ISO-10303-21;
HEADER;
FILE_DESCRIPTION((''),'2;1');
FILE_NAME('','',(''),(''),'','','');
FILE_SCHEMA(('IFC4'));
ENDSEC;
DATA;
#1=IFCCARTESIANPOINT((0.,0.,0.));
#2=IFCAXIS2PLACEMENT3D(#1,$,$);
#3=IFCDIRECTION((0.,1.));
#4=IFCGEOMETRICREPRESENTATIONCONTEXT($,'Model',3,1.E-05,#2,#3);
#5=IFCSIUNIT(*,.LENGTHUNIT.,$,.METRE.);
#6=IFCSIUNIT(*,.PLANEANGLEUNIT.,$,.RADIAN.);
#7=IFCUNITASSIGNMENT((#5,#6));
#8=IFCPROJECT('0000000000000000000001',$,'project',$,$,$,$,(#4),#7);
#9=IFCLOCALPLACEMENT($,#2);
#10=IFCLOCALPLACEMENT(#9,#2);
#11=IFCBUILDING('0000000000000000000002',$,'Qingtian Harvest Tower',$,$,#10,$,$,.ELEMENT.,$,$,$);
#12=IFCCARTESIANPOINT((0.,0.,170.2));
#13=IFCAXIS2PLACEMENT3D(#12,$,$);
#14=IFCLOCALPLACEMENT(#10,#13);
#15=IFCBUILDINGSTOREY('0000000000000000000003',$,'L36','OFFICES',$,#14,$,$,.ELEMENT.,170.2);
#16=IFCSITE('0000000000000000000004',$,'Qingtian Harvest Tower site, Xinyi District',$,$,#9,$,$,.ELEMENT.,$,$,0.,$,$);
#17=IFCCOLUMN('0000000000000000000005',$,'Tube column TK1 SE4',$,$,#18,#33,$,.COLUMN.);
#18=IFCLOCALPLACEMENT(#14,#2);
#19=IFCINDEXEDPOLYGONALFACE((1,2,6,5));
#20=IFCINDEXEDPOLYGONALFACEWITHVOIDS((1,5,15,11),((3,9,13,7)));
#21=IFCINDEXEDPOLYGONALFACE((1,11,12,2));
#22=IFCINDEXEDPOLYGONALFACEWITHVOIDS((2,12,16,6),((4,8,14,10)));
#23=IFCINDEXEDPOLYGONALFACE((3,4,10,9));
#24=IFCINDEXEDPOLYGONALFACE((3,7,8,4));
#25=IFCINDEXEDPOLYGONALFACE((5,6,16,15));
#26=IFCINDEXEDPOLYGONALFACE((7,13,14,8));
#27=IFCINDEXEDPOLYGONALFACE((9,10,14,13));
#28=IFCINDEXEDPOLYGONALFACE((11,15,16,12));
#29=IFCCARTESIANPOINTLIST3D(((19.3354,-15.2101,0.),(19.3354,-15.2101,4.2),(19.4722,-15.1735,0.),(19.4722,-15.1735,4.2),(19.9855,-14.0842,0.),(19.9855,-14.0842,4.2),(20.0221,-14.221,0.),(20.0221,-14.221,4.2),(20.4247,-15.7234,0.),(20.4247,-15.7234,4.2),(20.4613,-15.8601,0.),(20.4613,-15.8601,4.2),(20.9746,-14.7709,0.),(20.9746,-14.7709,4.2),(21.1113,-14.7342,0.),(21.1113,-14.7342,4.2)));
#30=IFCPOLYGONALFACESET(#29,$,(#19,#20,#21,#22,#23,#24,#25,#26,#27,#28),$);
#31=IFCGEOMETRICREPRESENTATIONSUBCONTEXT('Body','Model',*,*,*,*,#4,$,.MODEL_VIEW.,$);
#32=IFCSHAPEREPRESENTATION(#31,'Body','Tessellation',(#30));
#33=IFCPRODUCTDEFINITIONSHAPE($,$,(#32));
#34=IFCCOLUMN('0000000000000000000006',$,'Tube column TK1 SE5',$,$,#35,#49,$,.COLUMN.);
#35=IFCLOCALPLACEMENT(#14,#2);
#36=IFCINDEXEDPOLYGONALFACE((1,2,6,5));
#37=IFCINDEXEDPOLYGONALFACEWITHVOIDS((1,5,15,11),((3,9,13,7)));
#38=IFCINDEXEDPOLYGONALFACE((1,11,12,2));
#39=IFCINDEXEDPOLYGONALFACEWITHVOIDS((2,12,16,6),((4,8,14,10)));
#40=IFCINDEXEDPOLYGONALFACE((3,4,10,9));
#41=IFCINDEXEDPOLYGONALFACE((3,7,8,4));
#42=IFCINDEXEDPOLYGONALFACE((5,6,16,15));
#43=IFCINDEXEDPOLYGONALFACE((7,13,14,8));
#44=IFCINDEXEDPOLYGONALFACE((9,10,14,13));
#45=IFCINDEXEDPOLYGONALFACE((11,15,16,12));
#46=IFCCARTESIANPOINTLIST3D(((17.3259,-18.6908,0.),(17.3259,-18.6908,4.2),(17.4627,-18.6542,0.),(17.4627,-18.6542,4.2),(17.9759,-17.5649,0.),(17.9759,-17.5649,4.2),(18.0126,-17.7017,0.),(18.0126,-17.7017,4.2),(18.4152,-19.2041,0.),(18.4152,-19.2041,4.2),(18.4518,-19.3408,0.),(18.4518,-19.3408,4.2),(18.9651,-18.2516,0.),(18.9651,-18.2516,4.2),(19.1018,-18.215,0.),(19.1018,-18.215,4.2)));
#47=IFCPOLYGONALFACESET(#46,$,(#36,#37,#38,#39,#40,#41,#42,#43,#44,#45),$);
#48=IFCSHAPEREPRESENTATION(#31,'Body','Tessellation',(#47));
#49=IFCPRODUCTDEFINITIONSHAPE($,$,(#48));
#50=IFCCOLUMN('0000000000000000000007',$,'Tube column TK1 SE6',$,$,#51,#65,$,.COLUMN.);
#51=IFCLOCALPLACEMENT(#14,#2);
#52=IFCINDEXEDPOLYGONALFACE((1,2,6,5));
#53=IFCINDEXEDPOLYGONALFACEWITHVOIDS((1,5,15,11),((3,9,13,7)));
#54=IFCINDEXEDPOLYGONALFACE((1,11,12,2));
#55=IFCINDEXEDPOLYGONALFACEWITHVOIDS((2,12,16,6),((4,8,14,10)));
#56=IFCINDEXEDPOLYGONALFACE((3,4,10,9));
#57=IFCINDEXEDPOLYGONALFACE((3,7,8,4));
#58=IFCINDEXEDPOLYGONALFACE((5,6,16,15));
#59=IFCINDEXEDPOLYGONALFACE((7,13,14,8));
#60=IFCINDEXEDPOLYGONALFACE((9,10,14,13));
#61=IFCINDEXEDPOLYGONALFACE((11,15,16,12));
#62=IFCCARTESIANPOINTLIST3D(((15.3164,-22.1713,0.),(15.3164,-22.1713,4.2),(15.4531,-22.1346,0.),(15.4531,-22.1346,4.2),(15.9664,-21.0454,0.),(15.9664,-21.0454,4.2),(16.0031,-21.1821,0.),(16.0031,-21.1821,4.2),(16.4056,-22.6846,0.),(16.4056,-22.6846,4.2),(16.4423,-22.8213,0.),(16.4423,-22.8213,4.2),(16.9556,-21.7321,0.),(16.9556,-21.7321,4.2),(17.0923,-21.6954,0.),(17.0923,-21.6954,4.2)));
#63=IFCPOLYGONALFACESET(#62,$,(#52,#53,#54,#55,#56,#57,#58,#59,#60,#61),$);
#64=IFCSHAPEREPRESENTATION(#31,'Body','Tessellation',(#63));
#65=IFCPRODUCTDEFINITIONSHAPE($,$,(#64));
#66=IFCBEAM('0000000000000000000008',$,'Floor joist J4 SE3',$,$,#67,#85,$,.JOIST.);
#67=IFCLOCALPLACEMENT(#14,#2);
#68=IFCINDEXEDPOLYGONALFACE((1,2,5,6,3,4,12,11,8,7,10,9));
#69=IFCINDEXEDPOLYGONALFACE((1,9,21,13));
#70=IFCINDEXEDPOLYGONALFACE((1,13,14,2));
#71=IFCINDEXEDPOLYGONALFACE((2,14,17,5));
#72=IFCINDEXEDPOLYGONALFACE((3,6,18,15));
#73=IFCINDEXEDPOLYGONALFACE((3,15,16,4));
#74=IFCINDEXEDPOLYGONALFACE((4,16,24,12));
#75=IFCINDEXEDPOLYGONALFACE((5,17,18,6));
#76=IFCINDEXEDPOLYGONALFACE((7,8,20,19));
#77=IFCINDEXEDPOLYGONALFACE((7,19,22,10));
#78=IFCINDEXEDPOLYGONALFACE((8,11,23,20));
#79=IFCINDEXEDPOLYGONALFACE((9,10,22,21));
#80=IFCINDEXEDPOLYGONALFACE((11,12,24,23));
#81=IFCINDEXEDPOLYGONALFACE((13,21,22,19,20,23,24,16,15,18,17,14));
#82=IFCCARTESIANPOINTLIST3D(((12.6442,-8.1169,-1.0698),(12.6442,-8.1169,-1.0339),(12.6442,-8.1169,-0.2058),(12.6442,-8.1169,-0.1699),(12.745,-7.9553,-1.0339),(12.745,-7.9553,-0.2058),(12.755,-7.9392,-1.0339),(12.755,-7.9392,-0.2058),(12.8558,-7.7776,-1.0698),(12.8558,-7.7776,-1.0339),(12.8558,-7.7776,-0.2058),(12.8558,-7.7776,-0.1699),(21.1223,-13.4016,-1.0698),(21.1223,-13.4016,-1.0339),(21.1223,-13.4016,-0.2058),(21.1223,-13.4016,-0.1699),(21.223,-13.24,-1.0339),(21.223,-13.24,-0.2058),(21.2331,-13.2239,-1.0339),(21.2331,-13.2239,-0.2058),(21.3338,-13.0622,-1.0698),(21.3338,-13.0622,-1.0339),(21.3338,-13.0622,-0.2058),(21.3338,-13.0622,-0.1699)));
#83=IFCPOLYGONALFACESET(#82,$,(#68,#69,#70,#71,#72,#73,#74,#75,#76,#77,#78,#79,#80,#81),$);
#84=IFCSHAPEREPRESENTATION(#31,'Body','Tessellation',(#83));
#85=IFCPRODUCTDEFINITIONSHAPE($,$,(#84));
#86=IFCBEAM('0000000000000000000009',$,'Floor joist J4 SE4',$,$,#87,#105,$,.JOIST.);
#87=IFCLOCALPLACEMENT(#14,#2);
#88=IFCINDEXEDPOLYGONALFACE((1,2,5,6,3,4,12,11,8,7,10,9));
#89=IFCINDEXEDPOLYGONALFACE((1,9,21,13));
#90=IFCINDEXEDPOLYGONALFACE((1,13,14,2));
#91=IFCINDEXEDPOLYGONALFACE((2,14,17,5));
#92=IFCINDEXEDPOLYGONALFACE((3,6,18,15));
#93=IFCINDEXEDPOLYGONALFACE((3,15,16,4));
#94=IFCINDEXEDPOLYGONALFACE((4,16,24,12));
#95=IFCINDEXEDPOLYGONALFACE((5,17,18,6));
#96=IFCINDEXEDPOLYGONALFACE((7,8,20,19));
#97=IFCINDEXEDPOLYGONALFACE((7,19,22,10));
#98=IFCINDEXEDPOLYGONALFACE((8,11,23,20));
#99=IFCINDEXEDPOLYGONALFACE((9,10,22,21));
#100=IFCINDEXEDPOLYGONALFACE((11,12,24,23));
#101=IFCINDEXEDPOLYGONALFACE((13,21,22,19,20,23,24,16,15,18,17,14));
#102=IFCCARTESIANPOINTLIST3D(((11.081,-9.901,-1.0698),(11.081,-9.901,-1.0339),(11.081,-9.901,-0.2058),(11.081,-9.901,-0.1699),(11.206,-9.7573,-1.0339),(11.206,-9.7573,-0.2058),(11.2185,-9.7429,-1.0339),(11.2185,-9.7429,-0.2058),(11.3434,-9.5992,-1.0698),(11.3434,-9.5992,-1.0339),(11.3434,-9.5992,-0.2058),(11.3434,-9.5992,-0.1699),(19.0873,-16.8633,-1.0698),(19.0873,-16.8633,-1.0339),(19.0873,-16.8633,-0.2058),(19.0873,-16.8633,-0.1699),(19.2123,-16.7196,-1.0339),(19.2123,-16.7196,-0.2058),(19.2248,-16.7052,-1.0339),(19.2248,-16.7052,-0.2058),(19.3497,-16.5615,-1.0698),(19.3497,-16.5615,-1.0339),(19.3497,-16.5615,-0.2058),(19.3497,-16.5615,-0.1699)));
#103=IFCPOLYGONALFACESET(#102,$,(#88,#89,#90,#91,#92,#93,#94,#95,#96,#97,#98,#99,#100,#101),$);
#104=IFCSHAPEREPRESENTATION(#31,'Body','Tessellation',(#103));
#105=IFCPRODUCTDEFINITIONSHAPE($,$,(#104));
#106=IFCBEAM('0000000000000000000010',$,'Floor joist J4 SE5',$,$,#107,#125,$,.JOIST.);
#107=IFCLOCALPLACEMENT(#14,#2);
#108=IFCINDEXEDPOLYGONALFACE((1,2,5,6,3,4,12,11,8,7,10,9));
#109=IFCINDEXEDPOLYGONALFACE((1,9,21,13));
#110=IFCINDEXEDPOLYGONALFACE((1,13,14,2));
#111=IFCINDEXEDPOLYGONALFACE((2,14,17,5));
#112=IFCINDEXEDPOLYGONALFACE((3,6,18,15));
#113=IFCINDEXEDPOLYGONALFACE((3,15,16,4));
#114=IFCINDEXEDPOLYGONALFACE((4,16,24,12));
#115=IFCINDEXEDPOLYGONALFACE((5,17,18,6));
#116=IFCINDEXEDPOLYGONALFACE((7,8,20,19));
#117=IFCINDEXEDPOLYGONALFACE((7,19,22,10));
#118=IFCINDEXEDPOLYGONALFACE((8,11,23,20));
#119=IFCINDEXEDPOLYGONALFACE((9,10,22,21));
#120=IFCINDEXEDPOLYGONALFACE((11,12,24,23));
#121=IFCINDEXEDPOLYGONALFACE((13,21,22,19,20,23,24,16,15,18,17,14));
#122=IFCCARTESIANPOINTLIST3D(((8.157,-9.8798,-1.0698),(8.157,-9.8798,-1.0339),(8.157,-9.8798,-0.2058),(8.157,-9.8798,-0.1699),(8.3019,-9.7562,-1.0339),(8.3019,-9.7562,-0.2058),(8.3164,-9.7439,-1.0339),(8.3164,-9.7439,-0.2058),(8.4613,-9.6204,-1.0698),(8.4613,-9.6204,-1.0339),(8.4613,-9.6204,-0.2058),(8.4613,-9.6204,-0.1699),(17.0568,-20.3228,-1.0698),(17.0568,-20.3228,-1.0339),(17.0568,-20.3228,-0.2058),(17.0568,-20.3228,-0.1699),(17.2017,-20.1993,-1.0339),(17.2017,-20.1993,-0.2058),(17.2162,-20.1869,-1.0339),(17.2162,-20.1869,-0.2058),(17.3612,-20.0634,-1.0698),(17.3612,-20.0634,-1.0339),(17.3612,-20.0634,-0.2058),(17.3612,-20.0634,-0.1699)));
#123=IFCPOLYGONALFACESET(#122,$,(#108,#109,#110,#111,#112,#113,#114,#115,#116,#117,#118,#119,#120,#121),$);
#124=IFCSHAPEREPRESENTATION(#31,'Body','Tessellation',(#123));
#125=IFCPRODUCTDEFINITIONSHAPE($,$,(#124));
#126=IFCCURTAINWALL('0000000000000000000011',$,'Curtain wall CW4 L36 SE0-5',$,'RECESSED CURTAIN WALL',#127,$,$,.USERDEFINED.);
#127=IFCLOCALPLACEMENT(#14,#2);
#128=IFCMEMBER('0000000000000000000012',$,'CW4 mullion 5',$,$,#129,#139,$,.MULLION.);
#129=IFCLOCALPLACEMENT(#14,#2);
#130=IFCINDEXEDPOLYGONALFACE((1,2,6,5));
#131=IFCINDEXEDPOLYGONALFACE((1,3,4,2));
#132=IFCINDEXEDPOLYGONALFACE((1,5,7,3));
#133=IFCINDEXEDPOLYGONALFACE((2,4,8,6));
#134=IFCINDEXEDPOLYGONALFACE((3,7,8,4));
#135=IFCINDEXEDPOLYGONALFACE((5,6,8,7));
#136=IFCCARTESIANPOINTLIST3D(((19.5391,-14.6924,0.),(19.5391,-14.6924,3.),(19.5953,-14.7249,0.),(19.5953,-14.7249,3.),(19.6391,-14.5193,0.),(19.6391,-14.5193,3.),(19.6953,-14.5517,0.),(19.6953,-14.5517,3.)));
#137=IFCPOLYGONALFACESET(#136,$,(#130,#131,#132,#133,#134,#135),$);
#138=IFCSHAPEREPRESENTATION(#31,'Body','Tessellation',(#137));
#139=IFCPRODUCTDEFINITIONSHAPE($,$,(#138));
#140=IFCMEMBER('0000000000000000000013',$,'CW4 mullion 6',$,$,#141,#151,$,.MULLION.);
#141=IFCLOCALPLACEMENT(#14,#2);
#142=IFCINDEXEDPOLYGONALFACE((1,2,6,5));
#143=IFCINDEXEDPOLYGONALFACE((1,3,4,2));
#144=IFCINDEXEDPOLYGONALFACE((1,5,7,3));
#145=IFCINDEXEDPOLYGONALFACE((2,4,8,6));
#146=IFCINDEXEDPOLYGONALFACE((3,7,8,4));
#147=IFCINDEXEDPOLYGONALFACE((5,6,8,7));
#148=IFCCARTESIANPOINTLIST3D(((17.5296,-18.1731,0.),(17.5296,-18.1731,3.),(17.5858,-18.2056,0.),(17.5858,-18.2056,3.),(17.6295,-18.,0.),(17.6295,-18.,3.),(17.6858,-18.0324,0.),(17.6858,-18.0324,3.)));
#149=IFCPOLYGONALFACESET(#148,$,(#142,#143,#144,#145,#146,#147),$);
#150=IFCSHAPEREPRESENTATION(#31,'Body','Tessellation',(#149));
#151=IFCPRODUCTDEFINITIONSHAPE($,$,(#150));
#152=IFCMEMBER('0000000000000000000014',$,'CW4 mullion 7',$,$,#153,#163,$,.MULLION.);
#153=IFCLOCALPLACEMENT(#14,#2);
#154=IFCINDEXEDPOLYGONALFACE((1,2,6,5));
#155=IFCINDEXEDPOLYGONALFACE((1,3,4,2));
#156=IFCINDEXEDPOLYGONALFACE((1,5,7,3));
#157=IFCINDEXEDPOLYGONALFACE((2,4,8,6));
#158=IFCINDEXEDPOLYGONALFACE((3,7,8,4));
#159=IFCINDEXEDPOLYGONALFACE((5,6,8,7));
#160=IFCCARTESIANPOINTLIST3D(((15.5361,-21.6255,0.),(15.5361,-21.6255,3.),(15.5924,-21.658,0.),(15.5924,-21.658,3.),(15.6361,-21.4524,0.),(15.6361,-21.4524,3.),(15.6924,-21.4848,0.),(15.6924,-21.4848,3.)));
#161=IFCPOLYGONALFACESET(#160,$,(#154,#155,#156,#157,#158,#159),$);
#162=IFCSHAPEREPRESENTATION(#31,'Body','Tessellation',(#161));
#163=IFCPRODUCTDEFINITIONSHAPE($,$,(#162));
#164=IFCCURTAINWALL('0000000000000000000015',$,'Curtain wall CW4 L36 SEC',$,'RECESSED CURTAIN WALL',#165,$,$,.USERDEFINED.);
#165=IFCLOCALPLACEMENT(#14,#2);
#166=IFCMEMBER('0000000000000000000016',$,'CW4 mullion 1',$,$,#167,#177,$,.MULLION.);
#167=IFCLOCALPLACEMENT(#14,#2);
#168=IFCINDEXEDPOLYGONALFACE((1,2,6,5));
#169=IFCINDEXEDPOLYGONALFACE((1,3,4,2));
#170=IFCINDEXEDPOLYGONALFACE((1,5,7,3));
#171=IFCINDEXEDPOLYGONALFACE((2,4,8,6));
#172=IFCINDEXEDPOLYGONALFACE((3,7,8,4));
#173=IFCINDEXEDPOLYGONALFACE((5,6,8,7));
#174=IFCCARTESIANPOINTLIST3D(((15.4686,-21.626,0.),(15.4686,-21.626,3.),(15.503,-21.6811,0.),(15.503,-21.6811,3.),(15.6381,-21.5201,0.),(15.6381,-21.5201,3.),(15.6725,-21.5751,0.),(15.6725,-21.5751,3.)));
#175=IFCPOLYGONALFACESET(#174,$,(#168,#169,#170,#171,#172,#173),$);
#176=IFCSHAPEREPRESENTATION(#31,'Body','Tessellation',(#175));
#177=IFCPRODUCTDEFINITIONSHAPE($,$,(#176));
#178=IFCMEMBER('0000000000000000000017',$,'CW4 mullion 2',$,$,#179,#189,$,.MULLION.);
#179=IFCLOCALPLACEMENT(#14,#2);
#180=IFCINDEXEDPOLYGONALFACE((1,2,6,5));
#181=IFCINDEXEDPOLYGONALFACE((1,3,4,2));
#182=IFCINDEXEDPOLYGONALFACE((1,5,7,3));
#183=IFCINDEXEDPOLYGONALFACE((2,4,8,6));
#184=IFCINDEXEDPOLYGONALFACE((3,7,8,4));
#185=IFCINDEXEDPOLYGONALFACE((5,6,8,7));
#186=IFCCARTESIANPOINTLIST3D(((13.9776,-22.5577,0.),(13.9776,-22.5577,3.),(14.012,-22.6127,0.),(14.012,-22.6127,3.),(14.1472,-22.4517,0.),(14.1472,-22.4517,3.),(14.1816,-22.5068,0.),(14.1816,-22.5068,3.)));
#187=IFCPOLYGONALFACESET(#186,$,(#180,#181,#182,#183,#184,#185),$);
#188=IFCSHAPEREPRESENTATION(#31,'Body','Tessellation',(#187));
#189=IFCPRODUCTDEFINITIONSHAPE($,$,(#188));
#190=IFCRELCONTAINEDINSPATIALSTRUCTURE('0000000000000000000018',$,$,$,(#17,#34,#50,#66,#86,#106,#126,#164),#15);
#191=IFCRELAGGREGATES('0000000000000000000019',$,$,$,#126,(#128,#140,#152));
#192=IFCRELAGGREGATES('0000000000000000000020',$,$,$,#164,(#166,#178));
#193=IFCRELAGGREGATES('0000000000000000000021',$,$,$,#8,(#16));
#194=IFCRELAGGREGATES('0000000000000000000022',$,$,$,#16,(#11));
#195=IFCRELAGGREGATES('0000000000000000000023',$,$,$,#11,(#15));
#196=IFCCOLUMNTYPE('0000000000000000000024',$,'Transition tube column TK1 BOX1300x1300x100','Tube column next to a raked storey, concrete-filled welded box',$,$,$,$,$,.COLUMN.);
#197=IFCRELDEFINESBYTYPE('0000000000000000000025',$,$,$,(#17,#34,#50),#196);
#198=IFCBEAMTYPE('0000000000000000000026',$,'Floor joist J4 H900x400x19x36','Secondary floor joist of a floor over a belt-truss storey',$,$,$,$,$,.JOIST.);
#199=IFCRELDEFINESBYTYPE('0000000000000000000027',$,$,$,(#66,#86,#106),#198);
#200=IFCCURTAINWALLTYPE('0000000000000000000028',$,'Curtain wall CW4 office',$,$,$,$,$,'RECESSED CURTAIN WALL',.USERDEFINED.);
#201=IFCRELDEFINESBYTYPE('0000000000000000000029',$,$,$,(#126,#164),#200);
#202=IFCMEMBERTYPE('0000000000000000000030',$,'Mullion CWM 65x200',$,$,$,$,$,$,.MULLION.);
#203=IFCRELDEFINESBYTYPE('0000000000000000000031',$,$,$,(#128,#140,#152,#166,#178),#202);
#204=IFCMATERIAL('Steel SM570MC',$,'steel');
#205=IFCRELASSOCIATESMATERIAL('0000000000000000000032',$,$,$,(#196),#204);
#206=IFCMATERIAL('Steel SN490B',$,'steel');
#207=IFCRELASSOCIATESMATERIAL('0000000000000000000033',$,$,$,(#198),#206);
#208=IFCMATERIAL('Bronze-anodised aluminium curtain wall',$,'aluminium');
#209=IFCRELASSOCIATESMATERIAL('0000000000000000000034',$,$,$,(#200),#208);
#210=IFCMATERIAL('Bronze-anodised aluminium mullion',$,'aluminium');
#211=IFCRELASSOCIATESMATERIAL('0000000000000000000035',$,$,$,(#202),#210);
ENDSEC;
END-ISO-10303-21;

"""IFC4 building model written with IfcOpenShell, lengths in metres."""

from ifc_helpers import new_model, si_unit, direction, frame, origin, origin_2d, place, context, subcontext, project, spatial, rectangle, hollow_rectangle, i_section, extrude, material, material_profile, profile_set, type_object, element, aggregate, save


model = new_model("IFC4")

# Units and contexts
model_context = context("Model", 3, precision=1e-05, world=origin(), true_north=direction((0.0, 1.0)))
body_context = subcontext(model_context, "Body", "Model", "MODEL_VIEW")
ifc_project = project(units=[si_unit("LENGTHUNIT", "METRE"), si_unit("PLANEANGLEUNIT", "RADIAN")], contexts=[model_context])

# Site, building, storey
site_placement = place(None, origin())
site = spatial("IfcSite", under=ifc_project, at=site_placement, Name="Qingtian Harvest Tower site, Xinyi District", CompositionType="ELEMENT", RefElevation=0.0)
building_placement = place(site_placement, origin())
building = spatial("IfcBuilding", under=site, at=building_placement, Name="Qingtian Harvest Tower", CompositionType="ELEMENT")
storey_placement = place(building_placement, frame((0.0, 0.0, 170.2)))
storey = spatial("IfcBuildingStorey", under=building, at=storey_placement, Name="L36", Description="OFFICES", CompositionType="ELEMENT", Elevation=170.2)

# Columns
ifc_material_1 = material(Name="Steel SM570MC", Category="steel")
ifc_material_profile_1 = material_profile(ifc_material_1, hollow_rectangle(XDim=1.3, YDim=1.3, WallThickness=0.1001, at=origin_2d()), Name="BOX1300x1300x100")
ifc_profile_set_1 = profile_set([ifc_material_profile_1], Name="Steel SM570MC")
column_type = type_object("IfcColumnType", Name="Transition tube column TK1 BOX1300x1300x100", Description="Tube column next to a raked storey, concrete-filled welded box", PredefinedType="COLUMN", material=ifc_profile_set_1)
for number, where, z_axis, x_axis, name in (
    (1, (20.2234, -14.9722, 0.0), (0.0, 0.0, 1.0), (0.5, 0.866025, 0.0), "Tube column TK1 SE4"),
    (2, (18.2139, -18.4529, 0.0), (0.0, 0.0, 1.0), (0.5, 0.866025, 0.0), "Tube column TK1 SE5"),
    (3, (16.2043, -21.9333, 0.0), (0.0, 0.0, 1.0), (0.5, 0.866025, 0.0), "Tube column TK1 SE6"),
):
    element("IfcColumn", number, at=place(storey_placement, frame(where, z_axis=z_axis, x_axis=x_axis)), inside=storey, type_object=column_type, Name=name, PredefinedType="COLUMN", context=body_context, shape_type="SweptSolid", body=[
        extrude(hollow_rectangle(XDim=1.3, YDim=1.3, WallThickness=0.1001, at=origin_2d()), origin(), (0.0, 0.0, 1.0), 4.2),
    ])

# Beams
ifc_material_2 = material(Name="Steel SN490B", Category="steel")
ifc_material_profile_2 = material_profile(ifc_material_2, i_section(OverallWidth=0.3999, OverallDepth=0.8999, WebThickness=0.019, FlangeThickness=0.0359, at=origin_2d()), Name="H900x400x19x36")
ifc_profile_set_2 = profile_set([ifc_material_profile_2], Name="Steel SN490B")
beam_type_1 = type_object("IfcBeamType", Name="Floor joist J4 H900x400x19x36", Description="Secondary floor joist of a floor over a belt-truss storey", PredefinedType="JOIST", material=ifc_profile_set_2)
beam_1_placement = place(storey_placement, frame((21.228, -13.2319, -0.6199), z_axis=(-0.848632, 0.528984, 0.0), x_axis=(-0.528984, -0.848632, 0.0)))
element("IfcBeam", 4, at=beam_1_placement, inside=storey, type_object=beam_type_1, Name="Floor joist J4 SE3", PredefinedType="JOIST", context=body_context, shape_type="SweptSolid", body=[
    extrude(i_section(OverallWidth=0.3999, OverallDepth=0.8999, WebThickness=0.019, FlangeThickness=0.0359, at=origin_2d()), origin(), (0.0, 0.0, 1.0), 9.9902),
])
beam_2_placement = place(storey_placement, frame((19.2185, -16.7124, -0.6199), z_axis=(-0.754589, 0.656198, 0.0), x_axis=(-0.656198, -0.754589, 0.0)))
element("IfcBeam", 5, at=beam_2_placement, inside=storey, type_object=beam_type_1, Name="Floor joist J4 SE4", PredefinedType="JOIST", context=body_context, shape_type="SweptSolid", body=[
    extrude(i_section(OverallWidth=0.3999, OverallDepth=0.8999, WebThickness=0.019, FlangeThickness=0.0359, at=origin_2d()), origin(), (0.0, 0.0, 1.0), 10.6101),
])
beam_3_placement = place(storey_placement, frame((17.209, -20.1931, -0.6199), z_axis=(-0.648632, 0.761102, 0.0), x_axis=(-0.761102, -0.648632, 0.0)))
element("IfcBeam", 6, at=beam_3_placement, inside=storey, type_object=beam_type_1, Name="Floor joist J4 SE5", PredefinedType="JOIST", context=body_context, shape_type="SweptSolid", body=[
    extrude(i_section(OverallWidth=0.3999, OverallDepth=0.8999, WebThickness=0.019, FlangeThickness=0.0359, at=origin_2d()), origin(), (0.0, 0.0, 1.0), 13.7209),
])

# Curtain walls, members
ifc_material_3 = material(Name="Bronze-anodised aluminium curtain wall", Category="aluminium")
curtain_wall_type = type_object("IfcCurtainWallType", Name="Curtain wall CW4 office", ElementType="RECESSED CURTAIN WALL", PredefinedType="USERDEFINED", material=ifc_material_3)
curtain_wall_1_placement = place(storey_placement, origin())
curtain_wall_1 = element("IfcCurtainWall", 7, at=curtain_wall_1_placement, inside=storey, type_object=curtain_wall_type, Name="Curtain wall CW4 L36 SE0-5", ObjectType="RECESSED CURTAIN WALL", PredefinedType="USERDEFINED")
ifc_material_4 = material(Name="Bronze-anodised aluminium mullion", Category="aluminium")
ifc_material_profile_3 = material_profile(ifc_material_4, rectangle(XDim=0.0649, YDim=0.2, at=origin_2d()), Name="AL 65x200")
ifc_profile_set_3 = profile_set([ifc_material_profile_3], Name="Bronze-anodised aluminium mullion")
member_type_1 = type_object("IfcMemberType", Name="Mullion CWM 65x200", PredefinedType="MULLION", material=ifc_profile_set_3)
member_1_placement = place(storey_placement, frame((19.6172, -14.6221, 0.0), z_axis=(0.0, 0.0, 1.0), x_axis=(0.866025, -0.5, 0.0)))
member_1 = element("IfcMember", 8, at=member_1_placement, type_object=member_type_1, Name="CW4 mullion 5", PredefinedType="MULLION", context=body_context, shape_type="SweptSolid", body=[
    extrude(rectangle(XDim=0.0649, YDim=0.2, at=origin_2d()), origin(), (0.0, 0.0, 1.0), 3.0),
])
member_2_placement = place(storey_placement, frame((17.6077, -18.1028, 0.0), z_axis=(0.0, 0.0, 1.0), x_axis=(0.866025, -0.5, 0.0)))
member_2 = element("IfcMember", 9, at=member_2_placement, type_object=member_type_1, Name="CW4 mullion 6", PredefinedType="MULLION", context=body_context, shape_type="SweptSolid", body=[
    extrude(rectangle(XDim=0.0649, YDim=0.2, at=origin_2d()), origin(), (0.0, 0.0, 1.0), 3.0),
])
member_3_placement = place(storey_placement, frame((15.6143, -21.5552, 0.0), z_axis=(0.0, 0.0, 1.0), x_axis=(0.866025, -0.5, 0.0)))
member_3 = element("IfcMember", 10, at=member_3_placement, type_object=member_type_1, Name="CW4 mullion 7", PredefinedType="MULLION", context=body_context, shape_type="SweptSolid", body=[
    extrude(rectangle(XDim=0.0649, YDim=0.2, at=origin_2d()), origin(), (0.0, 0.0, 1.0), 3.0),
])
curtain_wall_2_placement = place(storey_placement, origin())
curtain_wall_2 = element("IfcCurtainWall", 11, at=curtain_wall_2_placement, inside=storey, type_object=curtain_wall_type, Name="Curtain wall CW4 L36 SEC", ObjectType="RECESSED CURTAIN WALL", PredefinedType="USERDEFINED")
member_4_placement = place(storey_placement, frame((15.5706, -21.6006, 0.0), z_axis=(0.0, 0.0, 1.0), x_axis=(0.529919, -0.848048, 0.0)))
member_4 = element("IfcMember", 12, at=member_4_placement, type_object=member_type_1, Name="CW4 mullion 1", PredefinedType="MULLION", context=body_context, shape_type="SweptSolid", body=[
    extrude(rectangle(XDim=0.0649, YDim=0.2, at=origin_2d()), origin(), (0.0, 0.0, 1.0), 3.0),
])
member_5_placement = place(storey_placement, frame((14.0796, -22.5322, 0.0), z_axis=(0.0, 0.0, 1.0), x_axis=(0.529919, -0.848048, 0.0)))
member_5 = element("IfcMember", 13, at=member_5_placement, type_object=member_type_1, Name="CW4 mullion 2", PredefinedType="MULLION", context=body_context, shape_type="SweptSolid", body=[
    extrude(rectangle(XDim=0.0649, YDim=0.2, at=origin_2d()), origin(), (0.0, 0.0, 1.0), 3.0),
])

aggregate(curtain_wall_1, [member_1, member_2, member_3])
aggregate(curtain_wall_2, [member_4, member_5])

save(model, "model.ifc")
